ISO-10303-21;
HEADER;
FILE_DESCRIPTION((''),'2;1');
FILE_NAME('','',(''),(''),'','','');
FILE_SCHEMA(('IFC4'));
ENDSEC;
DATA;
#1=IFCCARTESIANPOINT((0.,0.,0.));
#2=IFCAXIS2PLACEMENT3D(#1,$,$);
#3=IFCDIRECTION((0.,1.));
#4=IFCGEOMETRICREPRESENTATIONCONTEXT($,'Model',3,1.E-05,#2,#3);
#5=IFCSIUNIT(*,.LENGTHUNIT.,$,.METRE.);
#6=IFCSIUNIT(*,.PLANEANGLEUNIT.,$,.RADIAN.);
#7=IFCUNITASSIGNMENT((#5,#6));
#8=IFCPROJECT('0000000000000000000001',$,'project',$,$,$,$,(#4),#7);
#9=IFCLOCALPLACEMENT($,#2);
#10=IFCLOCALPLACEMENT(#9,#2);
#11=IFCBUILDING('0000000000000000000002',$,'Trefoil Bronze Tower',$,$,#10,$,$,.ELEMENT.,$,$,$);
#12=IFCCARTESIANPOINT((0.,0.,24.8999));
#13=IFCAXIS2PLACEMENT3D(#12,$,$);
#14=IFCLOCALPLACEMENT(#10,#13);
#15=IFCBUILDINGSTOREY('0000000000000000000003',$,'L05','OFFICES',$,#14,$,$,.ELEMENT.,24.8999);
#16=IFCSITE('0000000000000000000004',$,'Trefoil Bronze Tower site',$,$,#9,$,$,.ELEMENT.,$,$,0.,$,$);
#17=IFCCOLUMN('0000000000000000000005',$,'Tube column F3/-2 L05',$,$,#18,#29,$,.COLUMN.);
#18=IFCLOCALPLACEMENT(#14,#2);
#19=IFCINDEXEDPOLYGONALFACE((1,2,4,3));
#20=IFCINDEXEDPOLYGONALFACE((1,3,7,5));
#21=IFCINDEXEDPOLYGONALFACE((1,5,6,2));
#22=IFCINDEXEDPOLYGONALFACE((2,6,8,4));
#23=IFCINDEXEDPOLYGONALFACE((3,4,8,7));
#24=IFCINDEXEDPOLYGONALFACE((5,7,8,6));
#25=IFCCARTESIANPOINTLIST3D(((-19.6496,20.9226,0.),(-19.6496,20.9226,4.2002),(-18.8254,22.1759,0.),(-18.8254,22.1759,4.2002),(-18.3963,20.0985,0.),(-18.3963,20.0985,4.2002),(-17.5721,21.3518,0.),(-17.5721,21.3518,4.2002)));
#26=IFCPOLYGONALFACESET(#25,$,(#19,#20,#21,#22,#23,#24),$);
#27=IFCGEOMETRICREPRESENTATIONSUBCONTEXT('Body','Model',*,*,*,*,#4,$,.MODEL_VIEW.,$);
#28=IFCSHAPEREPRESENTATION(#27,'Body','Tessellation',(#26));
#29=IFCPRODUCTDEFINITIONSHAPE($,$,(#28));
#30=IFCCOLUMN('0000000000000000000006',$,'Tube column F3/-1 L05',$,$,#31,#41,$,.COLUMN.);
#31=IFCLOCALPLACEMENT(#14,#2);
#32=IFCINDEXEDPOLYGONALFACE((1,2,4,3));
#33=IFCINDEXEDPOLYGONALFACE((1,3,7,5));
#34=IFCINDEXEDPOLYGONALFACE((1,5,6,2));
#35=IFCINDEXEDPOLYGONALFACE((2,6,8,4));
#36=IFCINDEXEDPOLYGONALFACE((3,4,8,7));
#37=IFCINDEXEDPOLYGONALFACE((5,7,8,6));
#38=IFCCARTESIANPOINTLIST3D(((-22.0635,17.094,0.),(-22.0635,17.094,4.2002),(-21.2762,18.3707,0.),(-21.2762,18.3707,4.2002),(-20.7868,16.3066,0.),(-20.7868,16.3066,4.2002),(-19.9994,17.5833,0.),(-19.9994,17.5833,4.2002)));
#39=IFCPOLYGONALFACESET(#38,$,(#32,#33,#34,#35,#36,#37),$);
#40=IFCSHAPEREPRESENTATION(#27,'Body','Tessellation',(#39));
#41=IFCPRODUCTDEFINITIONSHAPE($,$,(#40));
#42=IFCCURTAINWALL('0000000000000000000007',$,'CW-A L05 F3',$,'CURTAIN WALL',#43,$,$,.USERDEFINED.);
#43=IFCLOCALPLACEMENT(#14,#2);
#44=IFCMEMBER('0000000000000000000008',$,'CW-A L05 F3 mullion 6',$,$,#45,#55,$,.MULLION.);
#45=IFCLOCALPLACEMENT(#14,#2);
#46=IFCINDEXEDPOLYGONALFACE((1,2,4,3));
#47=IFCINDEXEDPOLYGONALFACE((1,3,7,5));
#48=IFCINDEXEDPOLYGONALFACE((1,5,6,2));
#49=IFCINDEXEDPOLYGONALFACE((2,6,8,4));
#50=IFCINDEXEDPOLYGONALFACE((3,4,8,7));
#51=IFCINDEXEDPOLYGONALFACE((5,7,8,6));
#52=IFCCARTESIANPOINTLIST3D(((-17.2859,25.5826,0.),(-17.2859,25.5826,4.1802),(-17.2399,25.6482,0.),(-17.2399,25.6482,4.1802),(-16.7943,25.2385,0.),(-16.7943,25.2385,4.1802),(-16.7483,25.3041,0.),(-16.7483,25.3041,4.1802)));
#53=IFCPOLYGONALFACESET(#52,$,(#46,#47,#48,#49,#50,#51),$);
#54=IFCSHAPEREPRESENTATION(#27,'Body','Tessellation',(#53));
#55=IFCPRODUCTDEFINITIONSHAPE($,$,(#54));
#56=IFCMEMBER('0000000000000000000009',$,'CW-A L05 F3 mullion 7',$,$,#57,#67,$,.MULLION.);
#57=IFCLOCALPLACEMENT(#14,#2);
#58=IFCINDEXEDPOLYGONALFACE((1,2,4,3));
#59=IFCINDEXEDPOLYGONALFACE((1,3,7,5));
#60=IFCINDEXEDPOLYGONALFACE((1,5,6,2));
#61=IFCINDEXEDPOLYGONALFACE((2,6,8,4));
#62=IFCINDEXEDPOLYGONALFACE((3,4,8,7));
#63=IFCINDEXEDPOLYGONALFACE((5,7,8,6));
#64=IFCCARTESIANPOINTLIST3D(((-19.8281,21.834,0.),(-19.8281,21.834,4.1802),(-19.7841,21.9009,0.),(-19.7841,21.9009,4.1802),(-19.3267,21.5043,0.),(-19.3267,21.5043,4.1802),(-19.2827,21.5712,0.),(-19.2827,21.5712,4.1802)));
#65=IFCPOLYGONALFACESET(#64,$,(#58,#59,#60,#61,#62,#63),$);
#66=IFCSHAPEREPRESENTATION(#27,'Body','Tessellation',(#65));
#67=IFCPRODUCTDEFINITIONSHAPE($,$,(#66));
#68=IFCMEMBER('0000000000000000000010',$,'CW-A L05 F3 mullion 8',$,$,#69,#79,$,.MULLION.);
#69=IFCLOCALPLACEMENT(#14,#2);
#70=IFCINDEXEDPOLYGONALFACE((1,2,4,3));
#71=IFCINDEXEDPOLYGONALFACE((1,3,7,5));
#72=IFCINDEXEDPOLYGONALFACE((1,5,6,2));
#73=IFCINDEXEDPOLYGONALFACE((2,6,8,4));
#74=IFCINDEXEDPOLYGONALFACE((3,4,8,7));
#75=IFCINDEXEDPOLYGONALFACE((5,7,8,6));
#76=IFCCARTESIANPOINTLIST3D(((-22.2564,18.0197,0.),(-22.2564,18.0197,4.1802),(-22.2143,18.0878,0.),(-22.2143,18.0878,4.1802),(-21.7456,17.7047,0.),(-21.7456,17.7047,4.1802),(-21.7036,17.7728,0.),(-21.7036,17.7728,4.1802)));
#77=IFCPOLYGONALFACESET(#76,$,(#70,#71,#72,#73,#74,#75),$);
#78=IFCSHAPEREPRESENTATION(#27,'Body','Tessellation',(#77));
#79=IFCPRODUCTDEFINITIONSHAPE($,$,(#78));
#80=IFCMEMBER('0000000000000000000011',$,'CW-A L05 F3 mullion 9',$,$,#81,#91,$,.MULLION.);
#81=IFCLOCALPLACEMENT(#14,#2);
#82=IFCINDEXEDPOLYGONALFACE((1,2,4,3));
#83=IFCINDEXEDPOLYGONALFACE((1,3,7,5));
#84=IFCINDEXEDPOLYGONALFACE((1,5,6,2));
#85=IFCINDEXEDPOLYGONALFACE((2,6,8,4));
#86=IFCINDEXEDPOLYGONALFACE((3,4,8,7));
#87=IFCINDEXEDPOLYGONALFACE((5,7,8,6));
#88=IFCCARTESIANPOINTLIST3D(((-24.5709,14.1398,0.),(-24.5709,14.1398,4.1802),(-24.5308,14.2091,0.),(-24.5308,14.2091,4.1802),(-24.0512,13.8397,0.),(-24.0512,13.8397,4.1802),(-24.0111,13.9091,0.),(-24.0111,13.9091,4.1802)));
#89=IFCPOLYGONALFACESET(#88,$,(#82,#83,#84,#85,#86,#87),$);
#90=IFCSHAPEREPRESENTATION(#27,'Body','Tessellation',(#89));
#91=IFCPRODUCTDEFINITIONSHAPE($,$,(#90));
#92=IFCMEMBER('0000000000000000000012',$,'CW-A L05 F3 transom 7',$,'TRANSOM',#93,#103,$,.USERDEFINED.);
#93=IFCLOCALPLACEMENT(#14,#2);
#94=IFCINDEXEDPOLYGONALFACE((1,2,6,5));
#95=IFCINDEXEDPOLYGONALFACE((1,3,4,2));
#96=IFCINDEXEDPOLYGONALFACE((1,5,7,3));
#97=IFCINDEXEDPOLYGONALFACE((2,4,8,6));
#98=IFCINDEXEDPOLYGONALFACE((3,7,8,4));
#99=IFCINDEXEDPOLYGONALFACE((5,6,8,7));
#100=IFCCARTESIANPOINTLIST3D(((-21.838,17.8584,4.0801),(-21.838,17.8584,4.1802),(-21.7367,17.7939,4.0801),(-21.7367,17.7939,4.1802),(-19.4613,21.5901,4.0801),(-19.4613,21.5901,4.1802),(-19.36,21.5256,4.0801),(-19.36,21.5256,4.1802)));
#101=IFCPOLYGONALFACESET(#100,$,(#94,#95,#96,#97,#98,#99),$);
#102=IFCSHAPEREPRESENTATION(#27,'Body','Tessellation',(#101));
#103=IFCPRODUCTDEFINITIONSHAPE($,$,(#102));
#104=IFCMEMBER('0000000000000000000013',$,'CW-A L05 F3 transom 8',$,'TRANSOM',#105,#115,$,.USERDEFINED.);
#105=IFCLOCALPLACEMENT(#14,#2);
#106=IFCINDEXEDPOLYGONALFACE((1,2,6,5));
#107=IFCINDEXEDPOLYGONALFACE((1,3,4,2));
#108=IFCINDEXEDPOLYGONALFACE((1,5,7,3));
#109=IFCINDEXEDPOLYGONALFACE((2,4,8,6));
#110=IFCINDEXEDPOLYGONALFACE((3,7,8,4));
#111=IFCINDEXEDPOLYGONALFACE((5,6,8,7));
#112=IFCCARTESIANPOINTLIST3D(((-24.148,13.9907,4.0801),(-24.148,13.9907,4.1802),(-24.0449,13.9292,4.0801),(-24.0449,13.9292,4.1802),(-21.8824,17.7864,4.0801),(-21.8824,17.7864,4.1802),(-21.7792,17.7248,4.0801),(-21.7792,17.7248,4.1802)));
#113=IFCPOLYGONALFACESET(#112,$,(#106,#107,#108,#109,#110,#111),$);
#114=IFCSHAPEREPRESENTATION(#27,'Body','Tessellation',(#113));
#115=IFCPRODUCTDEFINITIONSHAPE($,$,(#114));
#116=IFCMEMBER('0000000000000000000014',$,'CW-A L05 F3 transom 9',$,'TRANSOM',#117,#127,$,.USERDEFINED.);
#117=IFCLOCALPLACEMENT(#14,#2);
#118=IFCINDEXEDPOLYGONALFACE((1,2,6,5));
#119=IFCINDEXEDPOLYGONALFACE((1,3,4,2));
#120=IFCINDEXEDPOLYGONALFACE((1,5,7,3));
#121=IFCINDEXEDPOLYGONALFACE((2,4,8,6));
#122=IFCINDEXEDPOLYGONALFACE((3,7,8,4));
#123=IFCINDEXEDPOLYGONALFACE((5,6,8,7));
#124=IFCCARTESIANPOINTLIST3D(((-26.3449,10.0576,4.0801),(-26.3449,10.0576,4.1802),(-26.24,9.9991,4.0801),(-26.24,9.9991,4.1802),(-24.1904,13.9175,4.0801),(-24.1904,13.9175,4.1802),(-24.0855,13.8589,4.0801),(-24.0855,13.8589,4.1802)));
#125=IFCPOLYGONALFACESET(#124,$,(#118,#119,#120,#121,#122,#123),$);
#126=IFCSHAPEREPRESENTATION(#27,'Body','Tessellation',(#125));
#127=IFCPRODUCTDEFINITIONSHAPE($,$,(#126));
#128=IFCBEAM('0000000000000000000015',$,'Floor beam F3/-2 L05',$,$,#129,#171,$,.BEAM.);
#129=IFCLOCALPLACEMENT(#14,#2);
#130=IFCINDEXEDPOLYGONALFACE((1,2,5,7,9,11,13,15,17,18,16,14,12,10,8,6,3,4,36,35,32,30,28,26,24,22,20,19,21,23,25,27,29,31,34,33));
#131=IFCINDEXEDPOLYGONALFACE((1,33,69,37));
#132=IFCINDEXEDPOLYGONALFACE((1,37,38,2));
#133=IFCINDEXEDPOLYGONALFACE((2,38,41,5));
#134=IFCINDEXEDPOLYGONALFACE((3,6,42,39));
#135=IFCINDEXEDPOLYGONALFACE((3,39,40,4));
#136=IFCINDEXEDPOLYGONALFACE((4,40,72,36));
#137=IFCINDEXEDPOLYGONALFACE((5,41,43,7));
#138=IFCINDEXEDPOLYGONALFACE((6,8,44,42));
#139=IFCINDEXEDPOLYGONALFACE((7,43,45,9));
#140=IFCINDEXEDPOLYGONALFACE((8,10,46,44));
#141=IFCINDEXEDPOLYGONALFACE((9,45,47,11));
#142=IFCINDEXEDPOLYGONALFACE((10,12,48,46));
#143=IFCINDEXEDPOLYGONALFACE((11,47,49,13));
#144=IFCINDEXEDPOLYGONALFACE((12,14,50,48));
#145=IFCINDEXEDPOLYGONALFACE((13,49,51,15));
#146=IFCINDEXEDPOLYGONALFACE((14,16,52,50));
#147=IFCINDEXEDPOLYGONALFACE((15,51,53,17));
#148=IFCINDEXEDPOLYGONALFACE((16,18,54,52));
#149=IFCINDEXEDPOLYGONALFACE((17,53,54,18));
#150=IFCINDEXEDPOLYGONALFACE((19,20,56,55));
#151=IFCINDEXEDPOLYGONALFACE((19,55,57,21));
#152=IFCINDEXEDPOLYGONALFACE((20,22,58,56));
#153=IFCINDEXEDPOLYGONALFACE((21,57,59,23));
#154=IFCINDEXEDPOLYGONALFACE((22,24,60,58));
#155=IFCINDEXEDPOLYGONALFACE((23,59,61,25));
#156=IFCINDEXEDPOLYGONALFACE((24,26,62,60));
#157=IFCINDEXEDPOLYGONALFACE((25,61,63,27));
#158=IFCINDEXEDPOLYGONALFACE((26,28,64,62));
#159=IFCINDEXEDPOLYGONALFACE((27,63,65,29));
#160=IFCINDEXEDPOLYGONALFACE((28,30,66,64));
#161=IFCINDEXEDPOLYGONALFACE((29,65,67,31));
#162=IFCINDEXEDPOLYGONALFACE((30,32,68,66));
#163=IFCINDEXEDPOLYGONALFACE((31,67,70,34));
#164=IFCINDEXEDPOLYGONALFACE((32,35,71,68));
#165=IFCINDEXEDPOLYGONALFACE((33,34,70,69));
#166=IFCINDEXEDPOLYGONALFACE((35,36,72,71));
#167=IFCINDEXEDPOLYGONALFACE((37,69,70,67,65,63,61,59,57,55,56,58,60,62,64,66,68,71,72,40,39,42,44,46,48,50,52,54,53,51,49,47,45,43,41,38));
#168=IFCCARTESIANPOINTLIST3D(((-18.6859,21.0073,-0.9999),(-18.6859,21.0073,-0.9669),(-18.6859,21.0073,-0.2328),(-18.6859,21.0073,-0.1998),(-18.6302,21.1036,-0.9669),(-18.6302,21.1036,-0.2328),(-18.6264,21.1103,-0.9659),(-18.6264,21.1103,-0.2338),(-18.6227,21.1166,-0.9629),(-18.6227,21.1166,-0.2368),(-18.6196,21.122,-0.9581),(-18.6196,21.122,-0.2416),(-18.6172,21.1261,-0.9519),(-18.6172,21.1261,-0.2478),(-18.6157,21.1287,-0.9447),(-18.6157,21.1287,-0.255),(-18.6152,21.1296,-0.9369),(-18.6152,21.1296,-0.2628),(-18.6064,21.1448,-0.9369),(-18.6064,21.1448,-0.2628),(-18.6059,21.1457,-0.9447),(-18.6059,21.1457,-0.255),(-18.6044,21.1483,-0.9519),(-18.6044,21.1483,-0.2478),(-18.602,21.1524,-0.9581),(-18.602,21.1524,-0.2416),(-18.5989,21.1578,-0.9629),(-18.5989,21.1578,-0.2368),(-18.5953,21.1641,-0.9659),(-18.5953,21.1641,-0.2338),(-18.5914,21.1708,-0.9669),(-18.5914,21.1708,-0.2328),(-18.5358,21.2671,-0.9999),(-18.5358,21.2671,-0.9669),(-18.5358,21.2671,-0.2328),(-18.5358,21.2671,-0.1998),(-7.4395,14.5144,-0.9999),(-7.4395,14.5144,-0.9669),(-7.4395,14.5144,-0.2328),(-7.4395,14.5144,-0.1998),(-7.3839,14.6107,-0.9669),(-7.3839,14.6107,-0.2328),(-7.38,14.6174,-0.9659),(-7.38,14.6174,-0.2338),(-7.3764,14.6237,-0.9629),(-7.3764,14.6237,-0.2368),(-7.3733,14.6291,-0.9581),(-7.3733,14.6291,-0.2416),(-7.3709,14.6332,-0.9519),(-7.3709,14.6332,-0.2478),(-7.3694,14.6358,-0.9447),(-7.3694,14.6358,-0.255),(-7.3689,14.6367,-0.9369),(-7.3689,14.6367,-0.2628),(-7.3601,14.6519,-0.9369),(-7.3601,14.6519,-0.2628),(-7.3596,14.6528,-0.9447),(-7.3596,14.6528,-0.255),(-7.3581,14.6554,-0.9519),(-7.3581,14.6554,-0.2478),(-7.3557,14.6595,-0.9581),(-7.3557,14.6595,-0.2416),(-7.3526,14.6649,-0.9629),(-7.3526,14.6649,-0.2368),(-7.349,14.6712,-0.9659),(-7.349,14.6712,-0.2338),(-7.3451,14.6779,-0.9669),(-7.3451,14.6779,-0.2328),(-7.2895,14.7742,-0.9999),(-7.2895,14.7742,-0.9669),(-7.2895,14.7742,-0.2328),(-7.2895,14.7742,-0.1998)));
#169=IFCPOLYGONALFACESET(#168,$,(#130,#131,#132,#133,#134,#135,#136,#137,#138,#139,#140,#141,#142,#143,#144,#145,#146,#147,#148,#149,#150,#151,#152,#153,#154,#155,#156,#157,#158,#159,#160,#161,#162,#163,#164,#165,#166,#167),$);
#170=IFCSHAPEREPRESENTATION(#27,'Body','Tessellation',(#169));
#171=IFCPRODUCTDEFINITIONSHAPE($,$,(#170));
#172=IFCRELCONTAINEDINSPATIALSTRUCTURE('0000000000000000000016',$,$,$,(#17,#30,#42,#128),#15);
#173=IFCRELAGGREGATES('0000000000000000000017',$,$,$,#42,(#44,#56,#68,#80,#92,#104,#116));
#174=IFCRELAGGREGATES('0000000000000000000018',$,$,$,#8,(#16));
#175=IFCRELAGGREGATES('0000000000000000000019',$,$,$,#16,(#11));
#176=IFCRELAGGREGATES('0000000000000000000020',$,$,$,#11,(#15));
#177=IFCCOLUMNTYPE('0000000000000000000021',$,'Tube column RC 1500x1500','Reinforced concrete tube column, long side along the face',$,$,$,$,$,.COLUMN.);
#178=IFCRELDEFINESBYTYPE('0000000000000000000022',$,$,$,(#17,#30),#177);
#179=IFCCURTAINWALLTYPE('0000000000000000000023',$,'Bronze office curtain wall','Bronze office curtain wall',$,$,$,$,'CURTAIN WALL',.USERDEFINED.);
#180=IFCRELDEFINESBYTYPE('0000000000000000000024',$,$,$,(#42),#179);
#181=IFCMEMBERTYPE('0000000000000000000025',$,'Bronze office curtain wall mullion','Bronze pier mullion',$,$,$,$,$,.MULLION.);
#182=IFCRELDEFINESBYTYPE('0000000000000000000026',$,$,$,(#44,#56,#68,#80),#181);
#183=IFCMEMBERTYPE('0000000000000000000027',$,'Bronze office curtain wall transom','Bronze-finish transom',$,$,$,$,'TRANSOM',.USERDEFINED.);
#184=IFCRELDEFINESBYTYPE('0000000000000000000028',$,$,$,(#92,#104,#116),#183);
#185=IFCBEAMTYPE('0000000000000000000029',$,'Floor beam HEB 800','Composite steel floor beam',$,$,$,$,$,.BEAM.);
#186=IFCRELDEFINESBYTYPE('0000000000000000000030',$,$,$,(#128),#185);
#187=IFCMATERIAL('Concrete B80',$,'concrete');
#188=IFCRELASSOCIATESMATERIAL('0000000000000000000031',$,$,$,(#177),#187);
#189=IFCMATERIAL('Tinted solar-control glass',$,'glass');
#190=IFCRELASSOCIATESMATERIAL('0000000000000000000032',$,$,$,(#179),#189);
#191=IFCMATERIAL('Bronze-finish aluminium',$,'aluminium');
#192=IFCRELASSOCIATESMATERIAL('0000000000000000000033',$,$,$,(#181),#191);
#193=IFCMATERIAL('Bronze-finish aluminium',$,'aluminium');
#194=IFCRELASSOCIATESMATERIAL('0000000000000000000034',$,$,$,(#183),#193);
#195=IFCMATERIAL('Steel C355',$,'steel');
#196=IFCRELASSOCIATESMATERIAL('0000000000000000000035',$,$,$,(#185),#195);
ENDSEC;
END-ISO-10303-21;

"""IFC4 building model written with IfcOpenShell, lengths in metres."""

from ifc_helpers import new_model, si_unit, direction, frame, origin, origin_2d, place, context, subcontext, project, spatial, rectangle, i_section, extrude, material, material_profile, profile_set, type_object, element, aggregate, save


model = new_model("IFC4")

# Units and contexts
model_context = context("Model", 3, precision=1e-05, world=origin(), true_north=direction((0.0, 1.0)))
body_context = subcontext(model_context, "Body", "Model", "MODEL_VIEW")
ifc_project = project(units=[si_unit("LENGTHUNIT", "METRE"), si_unit("PLANEANGLEUNIT", "RADIAN")], contexts=[model_context])

# Site, building, storey
site_placement = place(None, origin())
site = spatial("IfcSite", under=ifc_project, at=site_placement, Name="Trefoil Bronze Tower site", CompositionType="ELEMENT", RefElevation=0.0)
building_placement = place(site_placement, origin())
building = spatial("IfcBuilding", under=site, at=building_placement, Name="Trefoil Bronze Tower", CompositionType="ELEMENT")
storey_placement = place(building_placement, frame((0.0, 0.0, 24.8999)))
storey = spatial("IfcBuildingStorey", under=building, at=storey_placement, Name="L05", Description="OFFICES", CompositionType="ELEMENT", Elevation=24.8999)

# Columns
ifc_material_1 = material(Name="Concrete B80", Category="concrete")
ifc_material_profile_1 = material_profile(ifc_material_1, rectangle(XDim=1.5, YDim=1.5, at=origin_2d()), Name="RC 1500x1500")
ifc_profile_set_1 = profile_set([ifc_material_profile_1], Name="Concrete B80")
column_type = type_object("IfcColumnType", Name="Tube column RC 1500x1500", Description="Reinforced concrete tube column, long side along the face", PredefinedType="COLUMN", material=ifc_profile_set_1)
for number, where, z_axis, x_axis, name in (
    (1, (-18.6108, 21.1372, 0.0), (0.0, 0.0, 1.0), (-0.549424, -0.835544, 0.0), "Tube column F3/-2 L05"),
    (2, (-21.0315, 17.3386, 0.0), (0.0, 0.0, 1.0), (-0.524923, -0.85115, 0.0), "Tube column F3/-1 L05"),
):
    element("IfcColumn", number, at=place(storey_placement, frame(where, z_axis=z_axis, x_axis=x_axis)), inside=storey, type_object=column_type, Name=name, PredefinedType="COLUMN", context=body_context, shape_type="SweptSolid", body=[
        extrude(rectangle(XDim=1.5, YDim=1.5, at=origin_2d()), origin(), (0.0, 0.0, 1.0), 4.2002),
    ])

# Curtain wall, members
ifc_material_2 = material(Name="Tinted solar-control glass", Category="glass")
curtain_wall_type = type_object("IfcCurtainWallType", Name="Bronze office curtain wall", Description="Bronze office curtain wall", ElementType="CURTAIN WALL", PredefinedType="USERDEFINED", material=ifc_material_2)
curtain_wall_placement = place(storey_placement, origin())
curtain_wall = element("IfcCurtainWall", 3, at=curtain_wall_placement, inside=storey, type_object=curtain_wall_type, Name="CW-A L05 F3", ObjectType="CURTAIN WALL", PredefinedType="USERDEFINED")
ifc_material_3 = material(Name="Bronze-finish aluminium", Category="aluminium")
ifc_material_profile_2 = material_profile(ifc_material_3, rectangle(XDim=0.6001, YDim=0.0801, at=origin_2d()), Name="CW-A mullion")
ifc_profile_set_2 = profile_set([ifc_material_profile_2], Name="Bronze-finish aluminium")
member_type_1 = type_object("IfcMemberType", Name="Bronze office curtain wall mullion", Description="Bronze pier mullion", PredefinedType="MULLION", material=ifc_profile_set_2)
member_1_placement = place(storey_placement, frame((-17.0171, 25.4434, 0.0), z_axis=(0.0, 0.0, 1.0), x_axis=(0.819204, -0.573502, 0.0)))
member_1 = element("IfcMember", 4, at=member_1_placement, type_object=member_type_1, Name="CW-A L05 F3 mullion 6", PredefinedType="MULLION", context=body_context, shape_type="SweptSolid", body=[
    extrude(rectangle(XDim=0.6001, YDim=0.0801, at=origin_2d()), origin(), (0.0, 0.0, 1.0), 4.1802),
])
member_2_placement = place(storey_placement, frame((-19.5554, 21.7026, 0.0), z_axis=(0.0, 0.0, 1.0), x_axis=(0.835544, -0.549424, 0.0)))
member_2 = element("IfcMember", 5, at=member_2_placement, type_object=member_type_1, Name="CW-A L05 F3 mullion 7", PredefinedType="MULLION", context=body_context, shape_type="SweptSolid", body=[
    extrude(rectangle(XDim=0.6001, YDim=0.0801, at=origin_2d()), origin(), (0.0, 0.0, 1.0), 4.1802),
])
member_3_placement = place(storey_placement, frame((-21.98, 17.8962, 0.0), z_axis=(0.0, 0.0, 1.0), x_axis=(0.85115, -0.524923, 0.0)))
member_3 = element("IfcMember", 6, at=member_3_placement, type_object=member_type_1, Name="CW-A L05 F3 mullion 8", PredefinedType="MULLION", context=body_context, shape_type="SweptSolid", body=[
    extrude(rectangle(XDim=0.6001, YDim=0.0801, at=origin_2d()), origin(), (0.0, 0.0, 1.0), 4.1802),
])
member_4_placement = place(storey_placement, frame((-24.291, 14.0244, 0.0), z_axis=(0.0, 0.0, 1.0), x_axis=(0.866025, -0.5, 0.0)))
member_4 = element("IfcMember", 7, at=member_4_placement, type_object=member_type_1, Name="CW-A L05 F3 mullion 9", PredefinedType="MULLION", context=body_context, shape_type="SweptSolid", body=[
    extrude(rectangle(XDim=0.6001, YDim=0.0801, at=origin_2d()), origin(), (0.0, 0.0, 1.0), 4.1802),
])
ifc_material_4 = material(Name="Bronze-finish aluminium", Category="aluminium")
ifc_material_profile_3 = material_profile(ifc_material_4, rectangle(XDim=0.1201, YDim=0.1001, at=origin_2d()), Name="CW-A transom")
ifc_profile_set_3 = profile_set([ifc_material_profile_3], Name="Bronze-finish aluminium")
member_type_2 = type_object("IfcMemberType", Name="Bronze office curtain wall transom", Description="Bronze-finish transom", ElementType="TRANSOM", PredefinedType="USERDEFINED", material=ifc_profile_set_3)
member_5_placement = place(storey_placement, frame((-19.4106, 21.5579, 4.1301), z_axis=(-0.537197, -0.843457, 0.0), x_axis=(0.843457, -0.537197, 0.0)))
member_5 = element("IfcMember", 8, at=member_5_placement, type_object=member_type_2, Name="CW-A L05 F3 transom 7", ObjectType="TRANSOM", PredefinedType="USERDEFINED", context=body_context, shape_type="SweptSolid", body=[
    extrude(rectangle(XDim=0.1201, YDim=0.1001, at=origin_2d()), origin(), (0.0, 0.0, 1.0), 4.4243),
])
member_6_placement = place(storey_placement, frame((-21.8308, 17.7556, 4.1301), z_axis=(-0.512537, -0.858665, 0.0), x_axis=(0.858665, -0.512537, 0.0)))
member_6 = element("IfcMember", 9, at=member_6_placement, type_object=member_type_2, Name="CW-A L05 F3 transom 8", ObjectType="TRANSOM", PredefinedType="USERDEFINED", context=body_context, shape_type="SweptSolid", body=[
    extrude(rectangle(XDim=0.1201, YDim=0.1001, at=origin_2d()), origin(), (0.0, 0.0, 1.0), 4.4204),
])
member_7_placement = place(storey_placement, frame((-24.1379, 13.8882, 4.1301), z_axis=(-0.4874, -0.873179, 0.0), x_axis=(0.873179, -0.4874, 0.0)))
member_7 = element("IfcMember", 10, at=member_7_placement, type_object=member_type_2, Name="CW-A L05 F3 transom 9", ObjectType="TRANSOM", PredefinedType="USERDEFINED", context=body_context, shape_type="SweptSolid", body=[
    extrude(rectangle(XDim=0.1201, YDim=0.1001, at=origin_2d()), origin(), (0.0, 0.0, 1.0), 4.4204),
])

# Beam
ifc_material_5 = material(Name="Steel C355", Category="steel")
ifc_material_profile_4 = material_profile(ifc_material_5, i_section(OverallWidth=0.3, OverallDepth=0.8, WebThickness=0.0176, FlangeThickness=0.033, FilletRadius=0.03, at=origin_2d()), Name="HEB 800")
ifc_profile_set_4 = profile_set([ifc_material_profile_4], Name="Steel C355")
beam_type_1 = type_object("IfcBeamType", Name="Floor beam HEB 800", Description="Composite steel floor beam", PredefinedType="BEAM", material=ifc_profile_set_4)
beam_1_placement = place(storey_placement, frame((-18.6108, 21.1372, -0.5999), z_axis=(0.866031, -0.499991, 0.0), x_axis=(0.499991, 0.866031, 0.0)))
element("IfcBeam", 11, at=beam_1_placement, inside=storey, type_object=beam_type_1, Name="Floor beam F3/-2 L05", PredefinedType="BEAM", context=body_context, shape_type="SweptSolid", body=[
    extrude(i_section(OverallWidth=0.3, OverallDepth=0.8, WebThickness=0.0176, FlangeThickness=0.033, FilletRadius=0.03, at=origin_2d()), origin(), (0.0, 0.0, 1.0), 12.9861),
])

aggregate(curtain_wall, [member_1, member_2, member_3, member_4, member_5, member_6, member_7])

save(model, "model.ifc")
